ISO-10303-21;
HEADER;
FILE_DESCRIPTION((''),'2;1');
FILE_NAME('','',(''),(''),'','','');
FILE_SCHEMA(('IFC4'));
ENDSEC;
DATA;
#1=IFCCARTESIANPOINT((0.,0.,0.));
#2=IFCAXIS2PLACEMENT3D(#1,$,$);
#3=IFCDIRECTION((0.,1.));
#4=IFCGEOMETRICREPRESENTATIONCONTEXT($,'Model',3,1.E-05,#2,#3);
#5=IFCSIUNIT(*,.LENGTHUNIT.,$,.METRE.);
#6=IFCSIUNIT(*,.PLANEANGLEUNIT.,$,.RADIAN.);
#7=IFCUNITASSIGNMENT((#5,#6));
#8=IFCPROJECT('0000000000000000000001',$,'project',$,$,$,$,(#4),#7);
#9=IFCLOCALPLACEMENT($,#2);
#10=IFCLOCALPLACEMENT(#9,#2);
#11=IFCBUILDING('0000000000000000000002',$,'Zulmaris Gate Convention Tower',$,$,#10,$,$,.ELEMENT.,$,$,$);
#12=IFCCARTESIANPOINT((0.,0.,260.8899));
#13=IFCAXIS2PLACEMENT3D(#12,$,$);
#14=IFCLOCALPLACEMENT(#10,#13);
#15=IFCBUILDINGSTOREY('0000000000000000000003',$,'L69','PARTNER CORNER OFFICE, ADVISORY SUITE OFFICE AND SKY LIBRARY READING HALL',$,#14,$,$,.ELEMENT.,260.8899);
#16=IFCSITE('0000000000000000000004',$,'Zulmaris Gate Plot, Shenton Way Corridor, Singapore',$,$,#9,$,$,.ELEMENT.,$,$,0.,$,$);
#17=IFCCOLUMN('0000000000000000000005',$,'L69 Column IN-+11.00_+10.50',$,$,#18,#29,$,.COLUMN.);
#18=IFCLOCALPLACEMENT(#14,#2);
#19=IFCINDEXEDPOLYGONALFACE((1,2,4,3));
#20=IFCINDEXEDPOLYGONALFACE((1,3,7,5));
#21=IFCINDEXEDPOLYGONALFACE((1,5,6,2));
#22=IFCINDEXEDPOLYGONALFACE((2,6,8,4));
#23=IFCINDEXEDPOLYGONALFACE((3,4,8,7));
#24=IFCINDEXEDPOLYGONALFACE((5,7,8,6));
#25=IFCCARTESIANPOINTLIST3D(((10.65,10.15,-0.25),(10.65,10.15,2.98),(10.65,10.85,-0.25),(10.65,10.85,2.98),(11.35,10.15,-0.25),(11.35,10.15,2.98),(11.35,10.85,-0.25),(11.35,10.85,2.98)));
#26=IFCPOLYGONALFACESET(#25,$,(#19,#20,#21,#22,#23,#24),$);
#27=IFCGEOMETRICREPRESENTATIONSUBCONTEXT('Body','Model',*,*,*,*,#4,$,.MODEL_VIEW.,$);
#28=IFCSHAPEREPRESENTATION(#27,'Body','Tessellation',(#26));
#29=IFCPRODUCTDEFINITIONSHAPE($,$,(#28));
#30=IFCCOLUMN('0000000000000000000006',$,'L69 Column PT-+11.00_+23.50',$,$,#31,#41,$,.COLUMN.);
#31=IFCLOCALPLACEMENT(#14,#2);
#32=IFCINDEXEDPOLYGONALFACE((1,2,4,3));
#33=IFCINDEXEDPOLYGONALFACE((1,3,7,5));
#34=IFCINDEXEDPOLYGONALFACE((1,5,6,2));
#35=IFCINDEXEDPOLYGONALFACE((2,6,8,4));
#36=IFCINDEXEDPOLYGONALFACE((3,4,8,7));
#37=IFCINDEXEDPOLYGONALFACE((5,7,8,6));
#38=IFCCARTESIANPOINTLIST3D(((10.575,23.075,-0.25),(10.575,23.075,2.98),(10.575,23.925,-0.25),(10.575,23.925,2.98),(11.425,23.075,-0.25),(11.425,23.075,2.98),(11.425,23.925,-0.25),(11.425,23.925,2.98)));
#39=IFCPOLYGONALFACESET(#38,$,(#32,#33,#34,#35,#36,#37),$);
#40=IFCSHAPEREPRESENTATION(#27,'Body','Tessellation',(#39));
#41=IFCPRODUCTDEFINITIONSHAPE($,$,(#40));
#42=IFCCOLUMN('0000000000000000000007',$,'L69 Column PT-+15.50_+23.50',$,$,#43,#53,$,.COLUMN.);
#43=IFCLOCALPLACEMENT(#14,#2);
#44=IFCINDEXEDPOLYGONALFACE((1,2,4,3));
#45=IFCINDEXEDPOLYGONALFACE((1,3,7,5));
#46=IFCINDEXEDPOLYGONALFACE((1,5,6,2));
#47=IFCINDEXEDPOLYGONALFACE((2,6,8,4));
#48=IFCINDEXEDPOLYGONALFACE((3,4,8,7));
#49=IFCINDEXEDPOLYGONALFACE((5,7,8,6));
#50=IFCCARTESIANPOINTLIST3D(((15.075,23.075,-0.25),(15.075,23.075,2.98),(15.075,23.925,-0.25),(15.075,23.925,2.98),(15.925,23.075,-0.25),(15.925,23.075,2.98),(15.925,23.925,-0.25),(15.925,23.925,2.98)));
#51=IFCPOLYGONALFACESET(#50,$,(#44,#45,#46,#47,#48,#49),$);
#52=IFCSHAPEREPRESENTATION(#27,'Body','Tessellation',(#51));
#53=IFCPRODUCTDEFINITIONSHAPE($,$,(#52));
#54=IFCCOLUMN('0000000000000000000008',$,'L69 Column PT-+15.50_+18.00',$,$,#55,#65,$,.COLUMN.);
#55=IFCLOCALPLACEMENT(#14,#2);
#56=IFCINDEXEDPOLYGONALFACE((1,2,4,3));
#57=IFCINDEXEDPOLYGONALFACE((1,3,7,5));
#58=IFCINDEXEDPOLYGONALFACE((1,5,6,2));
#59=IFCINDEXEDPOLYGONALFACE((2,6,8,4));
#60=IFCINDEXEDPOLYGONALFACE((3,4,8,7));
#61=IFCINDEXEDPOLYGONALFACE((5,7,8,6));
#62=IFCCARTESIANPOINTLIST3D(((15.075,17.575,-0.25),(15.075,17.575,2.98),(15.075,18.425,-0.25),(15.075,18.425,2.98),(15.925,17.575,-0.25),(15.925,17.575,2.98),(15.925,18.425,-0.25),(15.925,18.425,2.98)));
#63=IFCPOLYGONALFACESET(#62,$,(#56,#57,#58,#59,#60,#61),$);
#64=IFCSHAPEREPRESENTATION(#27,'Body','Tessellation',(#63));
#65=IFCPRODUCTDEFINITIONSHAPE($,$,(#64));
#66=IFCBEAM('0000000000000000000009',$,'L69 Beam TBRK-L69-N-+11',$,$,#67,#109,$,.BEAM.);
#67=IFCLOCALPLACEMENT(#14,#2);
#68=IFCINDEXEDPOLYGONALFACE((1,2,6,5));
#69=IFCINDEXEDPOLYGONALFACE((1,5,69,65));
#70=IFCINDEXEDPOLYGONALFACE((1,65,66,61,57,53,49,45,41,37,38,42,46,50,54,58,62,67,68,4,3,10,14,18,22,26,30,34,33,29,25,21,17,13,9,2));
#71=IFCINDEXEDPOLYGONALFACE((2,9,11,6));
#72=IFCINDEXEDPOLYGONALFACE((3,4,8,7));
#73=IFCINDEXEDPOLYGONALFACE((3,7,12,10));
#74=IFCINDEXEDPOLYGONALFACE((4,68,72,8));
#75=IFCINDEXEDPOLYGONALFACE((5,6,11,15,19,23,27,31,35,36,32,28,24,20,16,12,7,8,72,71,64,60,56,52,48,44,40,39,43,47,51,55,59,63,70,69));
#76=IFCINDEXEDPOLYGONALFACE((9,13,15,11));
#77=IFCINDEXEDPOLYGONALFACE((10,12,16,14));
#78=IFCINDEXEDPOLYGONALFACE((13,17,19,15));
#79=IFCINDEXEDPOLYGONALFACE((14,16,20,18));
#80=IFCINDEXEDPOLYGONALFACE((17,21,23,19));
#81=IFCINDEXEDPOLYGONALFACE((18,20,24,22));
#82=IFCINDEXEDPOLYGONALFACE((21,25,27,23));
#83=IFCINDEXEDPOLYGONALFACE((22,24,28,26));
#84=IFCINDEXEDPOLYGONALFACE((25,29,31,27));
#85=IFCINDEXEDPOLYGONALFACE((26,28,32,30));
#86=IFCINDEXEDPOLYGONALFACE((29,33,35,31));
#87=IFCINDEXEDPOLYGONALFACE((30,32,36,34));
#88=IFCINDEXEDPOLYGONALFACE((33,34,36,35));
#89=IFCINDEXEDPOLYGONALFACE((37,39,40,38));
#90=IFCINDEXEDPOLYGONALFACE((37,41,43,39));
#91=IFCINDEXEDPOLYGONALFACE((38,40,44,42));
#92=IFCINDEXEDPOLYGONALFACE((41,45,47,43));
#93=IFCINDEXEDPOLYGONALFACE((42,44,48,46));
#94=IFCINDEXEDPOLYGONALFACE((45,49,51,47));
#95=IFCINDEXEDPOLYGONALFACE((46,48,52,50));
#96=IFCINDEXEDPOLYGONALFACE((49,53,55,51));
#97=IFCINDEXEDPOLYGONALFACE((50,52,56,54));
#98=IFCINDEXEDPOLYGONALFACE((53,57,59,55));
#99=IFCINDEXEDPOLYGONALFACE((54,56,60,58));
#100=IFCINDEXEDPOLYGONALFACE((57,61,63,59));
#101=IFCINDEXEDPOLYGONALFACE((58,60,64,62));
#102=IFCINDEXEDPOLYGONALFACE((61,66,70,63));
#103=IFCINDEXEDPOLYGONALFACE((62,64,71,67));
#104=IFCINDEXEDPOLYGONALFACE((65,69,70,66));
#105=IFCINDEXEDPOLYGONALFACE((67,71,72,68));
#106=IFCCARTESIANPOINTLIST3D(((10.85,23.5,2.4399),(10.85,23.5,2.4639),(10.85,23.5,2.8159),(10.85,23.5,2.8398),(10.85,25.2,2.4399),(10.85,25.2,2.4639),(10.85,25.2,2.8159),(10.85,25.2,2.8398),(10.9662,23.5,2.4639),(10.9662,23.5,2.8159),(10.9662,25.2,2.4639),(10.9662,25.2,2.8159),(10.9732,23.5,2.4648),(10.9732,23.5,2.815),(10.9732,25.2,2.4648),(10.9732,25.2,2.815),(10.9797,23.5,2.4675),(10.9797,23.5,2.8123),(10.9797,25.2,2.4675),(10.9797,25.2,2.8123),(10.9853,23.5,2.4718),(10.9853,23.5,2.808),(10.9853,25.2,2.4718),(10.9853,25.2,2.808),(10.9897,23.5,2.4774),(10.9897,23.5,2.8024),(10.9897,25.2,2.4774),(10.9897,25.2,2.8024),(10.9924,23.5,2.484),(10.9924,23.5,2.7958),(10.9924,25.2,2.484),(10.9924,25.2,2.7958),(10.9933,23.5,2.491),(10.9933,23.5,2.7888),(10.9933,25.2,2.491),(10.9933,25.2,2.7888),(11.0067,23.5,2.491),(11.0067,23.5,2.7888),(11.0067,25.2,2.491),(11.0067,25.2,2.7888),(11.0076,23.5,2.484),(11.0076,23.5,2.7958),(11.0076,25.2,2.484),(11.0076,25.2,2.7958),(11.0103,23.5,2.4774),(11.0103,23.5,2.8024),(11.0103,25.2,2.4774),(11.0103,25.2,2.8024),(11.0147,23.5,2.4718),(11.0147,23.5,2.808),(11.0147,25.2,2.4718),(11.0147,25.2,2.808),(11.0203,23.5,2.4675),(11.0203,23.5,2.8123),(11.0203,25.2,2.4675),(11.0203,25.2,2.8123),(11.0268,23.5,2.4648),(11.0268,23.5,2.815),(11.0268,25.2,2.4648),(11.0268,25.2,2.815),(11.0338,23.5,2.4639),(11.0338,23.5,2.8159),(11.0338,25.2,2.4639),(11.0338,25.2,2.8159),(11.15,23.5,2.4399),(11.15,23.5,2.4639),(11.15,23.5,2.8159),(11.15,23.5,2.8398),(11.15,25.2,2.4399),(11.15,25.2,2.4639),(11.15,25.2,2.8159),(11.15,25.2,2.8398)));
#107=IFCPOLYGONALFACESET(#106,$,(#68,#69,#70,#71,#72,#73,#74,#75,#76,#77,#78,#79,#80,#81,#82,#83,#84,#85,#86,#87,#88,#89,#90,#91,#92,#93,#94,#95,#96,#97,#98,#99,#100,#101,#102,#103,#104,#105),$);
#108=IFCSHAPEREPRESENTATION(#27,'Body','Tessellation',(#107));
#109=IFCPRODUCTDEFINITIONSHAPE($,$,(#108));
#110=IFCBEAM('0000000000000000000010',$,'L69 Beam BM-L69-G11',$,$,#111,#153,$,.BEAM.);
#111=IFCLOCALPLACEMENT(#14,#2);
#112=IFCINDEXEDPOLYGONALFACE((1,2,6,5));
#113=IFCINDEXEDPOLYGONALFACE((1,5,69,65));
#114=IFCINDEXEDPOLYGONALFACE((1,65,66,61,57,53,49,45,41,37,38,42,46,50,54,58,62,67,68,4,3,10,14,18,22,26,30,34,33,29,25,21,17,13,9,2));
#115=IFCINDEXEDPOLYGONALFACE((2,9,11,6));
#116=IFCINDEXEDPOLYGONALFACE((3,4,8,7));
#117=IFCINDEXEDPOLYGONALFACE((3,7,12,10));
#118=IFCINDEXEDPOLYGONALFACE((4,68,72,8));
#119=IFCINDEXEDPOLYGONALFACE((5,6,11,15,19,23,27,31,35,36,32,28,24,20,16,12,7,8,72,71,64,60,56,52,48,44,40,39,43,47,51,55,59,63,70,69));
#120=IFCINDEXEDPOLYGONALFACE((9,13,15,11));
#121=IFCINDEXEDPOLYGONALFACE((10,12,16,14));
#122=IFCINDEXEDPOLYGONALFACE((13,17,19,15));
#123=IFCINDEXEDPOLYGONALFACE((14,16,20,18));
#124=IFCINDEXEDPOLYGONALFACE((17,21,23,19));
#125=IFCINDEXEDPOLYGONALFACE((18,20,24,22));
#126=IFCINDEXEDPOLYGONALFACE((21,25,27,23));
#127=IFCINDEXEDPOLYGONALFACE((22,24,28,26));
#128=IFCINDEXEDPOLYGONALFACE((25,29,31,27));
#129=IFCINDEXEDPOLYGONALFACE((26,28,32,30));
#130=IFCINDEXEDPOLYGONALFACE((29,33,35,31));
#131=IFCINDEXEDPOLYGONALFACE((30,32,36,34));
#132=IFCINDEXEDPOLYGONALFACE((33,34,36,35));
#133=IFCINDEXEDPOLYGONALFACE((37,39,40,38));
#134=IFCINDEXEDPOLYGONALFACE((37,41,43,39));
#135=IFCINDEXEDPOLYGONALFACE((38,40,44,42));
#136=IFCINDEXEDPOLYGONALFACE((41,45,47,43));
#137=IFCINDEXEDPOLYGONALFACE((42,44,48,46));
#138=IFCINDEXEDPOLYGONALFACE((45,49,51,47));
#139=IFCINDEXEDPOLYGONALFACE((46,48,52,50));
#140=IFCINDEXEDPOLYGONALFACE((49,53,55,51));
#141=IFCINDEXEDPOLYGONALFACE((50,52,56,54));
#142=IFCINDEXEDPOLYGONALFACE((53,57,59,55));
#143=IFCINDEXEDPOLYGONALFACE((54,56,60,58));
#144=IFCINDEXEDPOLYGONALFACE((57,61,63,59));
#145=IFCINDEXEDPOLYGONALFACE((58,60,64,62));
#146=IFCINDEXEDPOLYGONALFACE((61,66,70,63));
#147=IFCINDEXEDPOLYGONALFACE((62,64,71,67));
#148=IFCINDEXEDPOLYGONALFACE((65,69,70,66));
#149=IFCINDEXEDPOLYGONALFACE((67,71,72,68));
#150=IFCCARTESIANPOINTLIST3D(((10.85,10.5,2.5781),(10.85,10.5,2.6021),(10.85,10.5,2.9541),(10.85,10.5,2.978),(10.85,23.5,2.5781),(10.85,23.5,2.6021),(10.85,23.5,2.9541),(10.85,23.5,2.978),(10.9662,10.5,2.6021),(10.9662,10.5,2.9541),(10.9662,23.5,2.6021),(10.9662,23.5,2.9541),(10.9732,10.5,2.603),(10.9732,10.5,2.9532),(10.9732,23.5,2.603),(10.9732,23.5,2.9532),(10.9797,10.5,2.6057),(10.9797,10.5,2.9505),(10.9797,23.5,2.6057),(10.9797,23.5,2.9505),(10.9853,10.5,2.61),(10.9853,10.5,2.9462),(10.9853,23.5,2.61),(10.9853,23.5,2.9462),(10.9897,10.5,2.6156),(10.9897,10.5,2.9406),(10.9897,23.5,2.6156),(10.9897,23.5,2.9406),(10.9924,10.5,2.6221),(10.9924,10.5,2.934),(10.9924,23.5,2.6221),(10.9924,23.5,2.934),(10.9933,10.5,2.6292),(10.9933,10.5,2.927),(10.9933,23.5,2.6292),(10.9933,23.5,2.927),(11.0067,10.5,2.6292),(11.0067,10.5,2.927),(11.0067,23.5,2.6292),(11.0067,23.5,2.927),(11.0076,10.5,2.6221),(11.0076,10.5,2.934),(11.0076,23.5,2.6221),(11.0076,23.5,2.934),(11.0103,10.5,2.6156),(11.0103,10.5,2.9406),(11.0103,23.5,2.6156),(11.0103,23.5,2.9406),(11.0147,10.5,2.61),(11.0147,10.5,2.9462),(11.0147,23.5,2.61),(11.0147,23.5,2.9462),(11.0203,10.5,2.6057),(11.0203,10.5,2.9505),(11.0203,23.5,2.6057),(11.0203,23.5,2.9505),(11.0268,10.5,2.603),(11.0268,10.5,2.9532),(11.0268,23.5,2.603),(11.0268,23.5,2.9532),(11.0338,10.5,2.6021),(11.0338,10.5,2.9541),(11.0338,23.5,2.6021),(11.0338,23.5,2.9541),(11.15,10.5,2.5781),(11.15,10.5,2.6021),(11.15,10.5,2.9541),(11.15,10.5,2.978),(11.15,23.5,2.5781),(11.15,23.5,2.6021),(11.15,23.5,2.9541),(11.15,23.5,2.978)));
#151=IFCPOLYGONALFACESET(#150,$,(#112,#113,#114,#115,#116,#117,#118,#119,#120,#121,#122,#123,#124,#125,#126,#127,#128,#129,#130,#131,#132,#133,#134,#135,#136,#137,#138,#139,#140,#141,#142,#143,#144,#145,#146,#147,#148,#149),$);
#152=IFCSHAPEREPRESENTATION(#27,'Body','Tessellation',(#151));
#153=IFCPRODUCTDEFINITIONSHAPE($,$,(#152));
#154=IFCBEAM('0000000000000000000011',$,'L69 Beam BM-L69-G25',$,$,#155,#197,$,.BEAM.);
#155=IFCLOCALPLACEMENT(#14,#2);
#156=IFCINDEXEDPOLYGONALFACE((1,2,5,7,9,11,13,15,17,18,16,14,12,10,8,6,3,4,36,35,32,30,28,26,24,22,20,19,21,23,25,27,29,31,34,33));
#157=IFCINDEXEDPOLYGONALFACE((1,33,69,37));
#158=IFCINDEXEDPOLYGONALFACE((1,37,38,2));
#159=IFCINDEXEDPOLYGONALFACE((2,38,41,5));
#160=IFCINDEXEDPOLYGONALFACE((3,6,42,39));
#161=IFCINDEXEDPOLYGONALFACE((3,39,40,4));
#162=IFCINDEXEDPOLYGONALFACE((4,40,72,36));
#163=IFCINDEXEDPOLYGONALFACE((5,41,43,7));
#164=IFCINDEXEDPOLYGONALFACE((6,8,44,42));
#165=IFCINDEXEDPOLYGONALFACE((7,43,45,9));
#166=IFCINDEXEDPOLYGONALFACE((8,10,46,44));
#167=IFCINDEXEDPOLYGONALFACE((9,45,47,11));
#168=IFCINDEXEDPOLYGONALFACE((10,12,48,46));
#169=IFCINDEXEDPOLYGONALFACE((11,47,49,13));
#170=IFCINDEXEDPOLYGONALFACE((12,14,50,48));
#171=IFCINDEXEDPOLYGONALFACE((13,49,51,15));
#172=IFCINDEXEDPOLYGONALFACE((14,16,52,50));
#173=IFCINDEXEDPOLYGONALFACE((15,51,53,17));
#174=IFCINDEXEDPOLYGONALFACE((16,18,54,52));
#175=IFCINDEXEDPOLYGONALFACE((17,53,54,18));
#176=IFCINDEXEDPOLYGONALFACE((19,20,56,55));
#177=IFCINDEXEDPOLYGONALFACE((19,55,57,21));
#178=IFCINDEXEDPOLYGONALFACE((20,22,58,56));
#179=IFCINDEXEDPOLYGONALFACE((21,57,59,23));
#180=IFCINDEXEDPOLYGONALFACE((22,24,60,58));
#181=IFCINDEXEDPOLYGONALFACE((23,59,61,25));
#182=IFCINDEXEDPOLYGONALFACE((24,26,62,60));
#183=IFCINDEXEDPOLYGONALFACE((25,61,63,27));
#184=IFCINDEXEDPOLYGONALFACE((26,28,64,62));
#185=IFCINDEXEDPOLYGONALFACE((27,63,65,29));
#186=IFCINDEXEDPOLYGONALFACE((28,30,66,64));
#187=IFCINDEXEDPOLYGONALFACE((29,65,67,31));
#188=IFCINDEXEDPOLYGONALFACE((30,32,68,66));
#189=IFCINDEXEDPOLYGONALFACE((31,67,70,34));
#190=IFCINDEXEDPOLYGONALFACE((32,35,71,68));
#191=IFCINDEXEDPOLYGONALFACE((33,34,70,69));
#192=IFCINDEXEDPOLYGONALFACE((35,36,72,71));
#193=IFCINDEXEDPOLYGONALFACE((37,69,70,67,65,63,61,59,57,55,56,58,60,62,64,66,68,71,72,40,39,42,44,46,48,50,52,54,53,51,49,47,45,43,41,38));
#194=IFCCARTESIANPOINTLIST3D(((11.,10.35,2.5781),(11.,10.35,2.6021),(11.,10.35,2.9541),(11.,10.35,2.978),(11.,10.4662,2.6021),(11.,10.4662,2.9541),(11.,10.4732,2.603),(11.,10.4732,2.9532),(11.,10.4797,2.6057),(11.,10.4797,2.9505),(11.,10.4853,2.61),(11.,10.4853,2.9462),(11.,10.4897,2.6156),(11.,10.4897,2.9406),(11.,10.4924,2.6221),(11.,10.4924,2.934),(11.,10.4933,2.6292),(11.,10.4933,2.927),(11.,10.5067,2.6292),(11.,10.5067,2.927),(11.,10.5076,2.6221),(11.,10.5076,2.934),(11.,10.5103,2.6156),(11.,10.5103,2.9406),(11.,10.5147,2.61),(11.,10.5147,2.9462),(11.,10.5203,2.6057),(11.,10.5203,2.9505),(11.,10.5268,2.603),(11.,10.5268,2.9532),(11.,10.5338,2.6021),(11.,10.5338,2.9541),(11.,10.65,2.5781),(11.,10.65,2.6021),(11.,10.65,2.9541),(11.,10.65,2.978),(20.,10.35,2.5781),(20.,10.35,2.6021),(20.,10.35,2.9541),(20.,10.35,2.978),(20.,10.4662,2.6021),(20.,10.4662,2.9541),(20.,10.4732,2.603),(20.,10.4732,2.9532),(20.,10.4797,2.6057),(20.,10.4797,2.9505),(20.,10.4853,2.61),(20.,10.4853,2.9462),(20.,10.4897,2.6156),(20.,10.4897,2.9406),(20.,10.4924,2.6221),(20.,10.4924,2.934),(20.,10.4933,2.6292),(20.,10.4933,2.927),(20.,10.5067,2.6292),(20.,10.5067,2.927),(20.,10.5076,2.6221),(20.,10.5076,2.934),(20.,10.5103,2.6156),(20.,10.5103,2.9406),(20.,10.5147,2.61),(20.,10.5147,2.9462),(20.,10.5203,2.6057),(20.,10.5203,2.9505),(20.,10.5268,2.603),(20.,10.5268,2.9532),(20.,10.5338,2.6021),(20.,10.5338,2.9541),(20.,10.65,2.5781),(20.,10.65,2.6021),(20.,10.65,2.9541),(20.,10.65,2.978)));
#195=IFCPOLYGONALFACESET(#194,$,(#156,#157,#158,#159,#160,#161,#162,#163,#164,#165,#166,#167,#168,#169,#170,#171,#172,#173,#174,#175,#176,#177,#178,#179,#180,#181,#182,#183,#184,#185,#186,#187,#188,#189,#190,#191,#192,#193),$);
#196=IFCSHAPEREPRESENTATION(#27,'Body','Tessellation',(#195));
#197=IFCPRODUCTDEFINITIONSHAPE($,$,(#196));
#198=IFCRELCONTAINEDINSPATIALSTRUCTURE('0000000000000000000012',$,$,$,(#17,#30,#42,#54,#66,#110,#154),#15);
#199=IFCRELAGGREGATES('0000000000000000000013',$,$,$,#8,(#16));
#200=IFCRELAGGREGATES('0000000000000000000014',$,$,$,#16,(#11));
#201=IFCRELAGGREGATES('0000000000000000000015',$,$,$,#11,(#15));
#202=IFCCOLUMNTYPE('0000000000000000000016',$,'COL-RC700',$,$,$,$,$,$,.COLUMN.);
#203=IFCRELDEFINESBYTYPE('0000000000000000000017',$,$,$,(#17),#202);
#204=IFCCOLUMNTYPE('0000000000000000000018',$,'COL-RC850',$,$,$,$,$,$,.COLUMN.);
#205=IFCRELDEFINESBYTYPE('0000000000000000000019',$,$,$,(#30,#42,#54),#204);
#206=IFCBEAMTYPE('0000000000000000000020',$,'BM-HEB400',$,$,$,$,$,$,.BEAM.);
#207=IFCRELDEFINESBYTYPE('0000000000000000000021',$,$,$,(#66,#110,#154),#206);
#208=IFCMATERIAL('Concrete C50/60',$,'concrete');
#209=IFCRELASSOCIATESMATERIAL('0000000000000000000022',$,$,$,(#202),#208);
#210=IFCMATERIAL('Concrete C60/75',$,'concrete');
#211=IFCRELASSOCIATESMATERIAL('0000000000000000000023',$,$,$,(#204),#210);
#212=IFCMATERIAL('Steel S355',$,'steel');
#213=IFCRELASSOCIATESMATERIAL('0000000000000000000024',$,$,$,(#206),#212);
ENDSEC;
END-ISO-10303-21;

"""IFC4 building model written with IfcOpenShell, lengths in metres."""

from ifc_helpers import new_model, si_unit, direction, frame, origin, origin_2d, place, context, subcontext, project, spatial, rectangle, i_section, extrude, material, material_profile, profile_set, type_object, element, save


model = new_model("IFC4")

# Units and contexts
model_context = context("Model", 3, precision=1e-05, world=origin(), true_north=direction((0.0, 1.0)))
body_context = subcontext(model_context, "Body", "Model", "MODEL_VIEW")
ifc_project = project(units=[si_unit("LENGTHUNIT", "METRE"), si_unit("PLANEANGLEUNIT", "RADIAN")], contexts=[model_context])

# Site, building, storey
site_placement = place(None, origin())
site = spatial("IfcSite", under=ifc_project, at=site_placement, Name="Zulmaris Gate Plot, Shenton Way Corridor, Singapore", CompositionType="ELEMENT", RefElevation=0.0)
building_placement = place(site_placement, origin())
building = spatial("IfcBuilding", under=site, at=building_placement, Name="Zulmaris Gate Convention Tower", CompositionType="ELEMENT")
storey_placement = place(building_placement, frame((0.0, 0.0, 260.8899)))
storey = spatial("IfcBuildingStorey", under=building, at=storey_placement, Name="L69", Description="PARTNER CORNER OFFICE, ADVISORY SUITE OFFICE AND SKY LIBRARY READING HALL", CompositionType="ELEMENT", Elevation=260.8899)

# Columns
ifc_material_1 = material(Name="Concrete C50/60", Category="concrete")
ifc_material_profile_1 = material_profile(ifc_material_1, rectangle(XDim=0.7, YDim=0.7, at=origin_2d()), Name="RC COL 700x700")
ifc_profile_set_1 = profile_set([ifc_material_profile_1], Name="Concrete C50/60")
column_type_1 = type_object("IfcColumnType", Name="COL-RC700", PredefinedType="COLUMN", material=ifc_profile_set_1)
column_placement = place(storey_placement, frame((11.0, 10.5, -0.25), z_axis=(0.0, 0.0, 1.0), x_axis=(1.0, 0.0, 0.0)))
element("IfcColumn", 1, at=column_placement, inside=storey, type_object=column_type_1, Name="L69 Column IN-+11.00_+10.50", PredefinedType="COLUMN", context=body_context, shape_type="SweptSolid", body=[
    extrude(rectangle(XDim=0.7, YDim=0.7, at=origin_2d()), origin(), (0.0, 0.0, 1.0), 3.23),
])
ifc_material_2 = material(Name="Concrete C60/75", Category="concrete")
ifc_material_profile_2 = material_profile(ifc_material_2, rectangle(XDim=0.8501, YDim=0.8501, at=origin_2d()), Name="RC COL 850x850")
ifc_profile_set_2 = profile_set([ifc_material_profile_2], Name="Concrete C60/75")
column_type_2 = type_object("IfcColumnType", Name="COL-RC850", PredefinedType="COLUMN", material=ifc_profile_set_2)
for number, where, z_axis, x_axis, name in (
    (2, (11.0, 23.5, -0.25), (0.0, 0.0, 1.0), (1.0, 0.0, 0.0), "L69 Column PT-+11.00_+23.50"),
    (3, (15.5, 23.5, -0.25), (0.0, 0.0, 1.0), (1.0, 0.0, 0.0), "L69 Column PT-+15.50_+23.50"),
    (4, (15.5, 18.0, -0.25), (0.0, 0.0, 1.0), (1.0, 0.0, 0.0), "L69 Column PT-+15.50_+18.00"),
):
    element("IfcColumn", number, at=place(storey_placement, frame(where, z_axis=z_axis, x_axis=x_axis)), inside=storey, type_object=column_type_2, Name=name, PredefinedType="COLUMN", context=body_context, shape_type="SweptSolid", body=[
        extrude(rectangle(XDim=0.8501, YDim=0.8501, at=origin_2d()), origin(), (0.0, 0.0, 1.0), 3.23),
    ])

# Beams
ifc_material_3 = material(Name="Steel S355", Category="steel")
ifc_material_profile_3 = material_profile(ifc_material_3, i_section(OverallWidth=0.3, OverallDepth=0.3999, WebThickness=0.0134, FlangeThickness=0.0239, FilletRadius=0.0271, at=origin_2d()), Name="HEB 400")
ifc_profile_set_3 = profile_set([ifc_material_profile_3], Name="Steel S355")
beam_type_1 = type_object("IfcBeamType", Name="BM-HEB400", PredefinedType="BEAM", material=ifc_profile_set_3)
beam_1_placement = place(storey_placement, frame((11.0, 23.5, 2.6399), z_axis=(0.0, 1.0, 0.0), x_axis=(-1.0, 0.0, 0.0)))
element("IfcBeam", 5, at=beam_1_placement, inside=storey, type_object=beam_type_1, Name="L69 Beam TBRK-L69-N-+11", PredefinedType="BEAM", context=body_context, shape_type="SweptSolid", body=[
    extrude(i_section(OverallWidth=0.3, OverallDepth=0.3999, WebThickness=0.0134, FlangeThickness=0.0239, FilletRadius=0.0271, at=origin_2d()), origin(), (0.0, 0.0, 1.0), 1.7),
])
beam_2_placement = place(storey_placement, frame((11.0, 10.5, 2.7781), z_axis=(0.0, 1.0, 0.0), x_axis=(-1.0, 0.0, 0.0)))
element("IfcBeam", 6, at=beam_2_placement, inside=storey, type_object=beam_type_1, Name="L69 Beam BM-L69-G11", PredefinedType="BEAM", context=body_context, shape_type="SweptSolid", body=[
    extrude(i_section(OverallWidth=0.3, OverallDepth=0.3999, WebThickness=0.0134, FlangeThickness=0.0239, FilletRadius=0.0271, at=origin_2d()), origin(), (0.0, 0.0, 1.0), 13.0),
])
beam_3_placement = place(storey_placement, frame((11.0, 10.5, 2.7781), z_axis=(1.0, 0.0, 0.0), x_axis=(0.0, 1.0, 0.0)))
element("IfcBeam", 7, at=beam_3_placement, inside=storey, type_object=beam_type_1, Name="L69 Beam BM-L69-G25", PredefinedType="BEAM", context=body_context, shape_type="SweptSolid", body=[
    extrude(i_section(OverallWidth=0.3, OverallDepth=0.3999, WebThickness=0.0134, FlangeThickness=0.0239, FilletRadius=0.0271, at=origin_2d()), origin(), (0.0, 0.0, 1.0), 9.0),
])

save(model, "model.ifc")
